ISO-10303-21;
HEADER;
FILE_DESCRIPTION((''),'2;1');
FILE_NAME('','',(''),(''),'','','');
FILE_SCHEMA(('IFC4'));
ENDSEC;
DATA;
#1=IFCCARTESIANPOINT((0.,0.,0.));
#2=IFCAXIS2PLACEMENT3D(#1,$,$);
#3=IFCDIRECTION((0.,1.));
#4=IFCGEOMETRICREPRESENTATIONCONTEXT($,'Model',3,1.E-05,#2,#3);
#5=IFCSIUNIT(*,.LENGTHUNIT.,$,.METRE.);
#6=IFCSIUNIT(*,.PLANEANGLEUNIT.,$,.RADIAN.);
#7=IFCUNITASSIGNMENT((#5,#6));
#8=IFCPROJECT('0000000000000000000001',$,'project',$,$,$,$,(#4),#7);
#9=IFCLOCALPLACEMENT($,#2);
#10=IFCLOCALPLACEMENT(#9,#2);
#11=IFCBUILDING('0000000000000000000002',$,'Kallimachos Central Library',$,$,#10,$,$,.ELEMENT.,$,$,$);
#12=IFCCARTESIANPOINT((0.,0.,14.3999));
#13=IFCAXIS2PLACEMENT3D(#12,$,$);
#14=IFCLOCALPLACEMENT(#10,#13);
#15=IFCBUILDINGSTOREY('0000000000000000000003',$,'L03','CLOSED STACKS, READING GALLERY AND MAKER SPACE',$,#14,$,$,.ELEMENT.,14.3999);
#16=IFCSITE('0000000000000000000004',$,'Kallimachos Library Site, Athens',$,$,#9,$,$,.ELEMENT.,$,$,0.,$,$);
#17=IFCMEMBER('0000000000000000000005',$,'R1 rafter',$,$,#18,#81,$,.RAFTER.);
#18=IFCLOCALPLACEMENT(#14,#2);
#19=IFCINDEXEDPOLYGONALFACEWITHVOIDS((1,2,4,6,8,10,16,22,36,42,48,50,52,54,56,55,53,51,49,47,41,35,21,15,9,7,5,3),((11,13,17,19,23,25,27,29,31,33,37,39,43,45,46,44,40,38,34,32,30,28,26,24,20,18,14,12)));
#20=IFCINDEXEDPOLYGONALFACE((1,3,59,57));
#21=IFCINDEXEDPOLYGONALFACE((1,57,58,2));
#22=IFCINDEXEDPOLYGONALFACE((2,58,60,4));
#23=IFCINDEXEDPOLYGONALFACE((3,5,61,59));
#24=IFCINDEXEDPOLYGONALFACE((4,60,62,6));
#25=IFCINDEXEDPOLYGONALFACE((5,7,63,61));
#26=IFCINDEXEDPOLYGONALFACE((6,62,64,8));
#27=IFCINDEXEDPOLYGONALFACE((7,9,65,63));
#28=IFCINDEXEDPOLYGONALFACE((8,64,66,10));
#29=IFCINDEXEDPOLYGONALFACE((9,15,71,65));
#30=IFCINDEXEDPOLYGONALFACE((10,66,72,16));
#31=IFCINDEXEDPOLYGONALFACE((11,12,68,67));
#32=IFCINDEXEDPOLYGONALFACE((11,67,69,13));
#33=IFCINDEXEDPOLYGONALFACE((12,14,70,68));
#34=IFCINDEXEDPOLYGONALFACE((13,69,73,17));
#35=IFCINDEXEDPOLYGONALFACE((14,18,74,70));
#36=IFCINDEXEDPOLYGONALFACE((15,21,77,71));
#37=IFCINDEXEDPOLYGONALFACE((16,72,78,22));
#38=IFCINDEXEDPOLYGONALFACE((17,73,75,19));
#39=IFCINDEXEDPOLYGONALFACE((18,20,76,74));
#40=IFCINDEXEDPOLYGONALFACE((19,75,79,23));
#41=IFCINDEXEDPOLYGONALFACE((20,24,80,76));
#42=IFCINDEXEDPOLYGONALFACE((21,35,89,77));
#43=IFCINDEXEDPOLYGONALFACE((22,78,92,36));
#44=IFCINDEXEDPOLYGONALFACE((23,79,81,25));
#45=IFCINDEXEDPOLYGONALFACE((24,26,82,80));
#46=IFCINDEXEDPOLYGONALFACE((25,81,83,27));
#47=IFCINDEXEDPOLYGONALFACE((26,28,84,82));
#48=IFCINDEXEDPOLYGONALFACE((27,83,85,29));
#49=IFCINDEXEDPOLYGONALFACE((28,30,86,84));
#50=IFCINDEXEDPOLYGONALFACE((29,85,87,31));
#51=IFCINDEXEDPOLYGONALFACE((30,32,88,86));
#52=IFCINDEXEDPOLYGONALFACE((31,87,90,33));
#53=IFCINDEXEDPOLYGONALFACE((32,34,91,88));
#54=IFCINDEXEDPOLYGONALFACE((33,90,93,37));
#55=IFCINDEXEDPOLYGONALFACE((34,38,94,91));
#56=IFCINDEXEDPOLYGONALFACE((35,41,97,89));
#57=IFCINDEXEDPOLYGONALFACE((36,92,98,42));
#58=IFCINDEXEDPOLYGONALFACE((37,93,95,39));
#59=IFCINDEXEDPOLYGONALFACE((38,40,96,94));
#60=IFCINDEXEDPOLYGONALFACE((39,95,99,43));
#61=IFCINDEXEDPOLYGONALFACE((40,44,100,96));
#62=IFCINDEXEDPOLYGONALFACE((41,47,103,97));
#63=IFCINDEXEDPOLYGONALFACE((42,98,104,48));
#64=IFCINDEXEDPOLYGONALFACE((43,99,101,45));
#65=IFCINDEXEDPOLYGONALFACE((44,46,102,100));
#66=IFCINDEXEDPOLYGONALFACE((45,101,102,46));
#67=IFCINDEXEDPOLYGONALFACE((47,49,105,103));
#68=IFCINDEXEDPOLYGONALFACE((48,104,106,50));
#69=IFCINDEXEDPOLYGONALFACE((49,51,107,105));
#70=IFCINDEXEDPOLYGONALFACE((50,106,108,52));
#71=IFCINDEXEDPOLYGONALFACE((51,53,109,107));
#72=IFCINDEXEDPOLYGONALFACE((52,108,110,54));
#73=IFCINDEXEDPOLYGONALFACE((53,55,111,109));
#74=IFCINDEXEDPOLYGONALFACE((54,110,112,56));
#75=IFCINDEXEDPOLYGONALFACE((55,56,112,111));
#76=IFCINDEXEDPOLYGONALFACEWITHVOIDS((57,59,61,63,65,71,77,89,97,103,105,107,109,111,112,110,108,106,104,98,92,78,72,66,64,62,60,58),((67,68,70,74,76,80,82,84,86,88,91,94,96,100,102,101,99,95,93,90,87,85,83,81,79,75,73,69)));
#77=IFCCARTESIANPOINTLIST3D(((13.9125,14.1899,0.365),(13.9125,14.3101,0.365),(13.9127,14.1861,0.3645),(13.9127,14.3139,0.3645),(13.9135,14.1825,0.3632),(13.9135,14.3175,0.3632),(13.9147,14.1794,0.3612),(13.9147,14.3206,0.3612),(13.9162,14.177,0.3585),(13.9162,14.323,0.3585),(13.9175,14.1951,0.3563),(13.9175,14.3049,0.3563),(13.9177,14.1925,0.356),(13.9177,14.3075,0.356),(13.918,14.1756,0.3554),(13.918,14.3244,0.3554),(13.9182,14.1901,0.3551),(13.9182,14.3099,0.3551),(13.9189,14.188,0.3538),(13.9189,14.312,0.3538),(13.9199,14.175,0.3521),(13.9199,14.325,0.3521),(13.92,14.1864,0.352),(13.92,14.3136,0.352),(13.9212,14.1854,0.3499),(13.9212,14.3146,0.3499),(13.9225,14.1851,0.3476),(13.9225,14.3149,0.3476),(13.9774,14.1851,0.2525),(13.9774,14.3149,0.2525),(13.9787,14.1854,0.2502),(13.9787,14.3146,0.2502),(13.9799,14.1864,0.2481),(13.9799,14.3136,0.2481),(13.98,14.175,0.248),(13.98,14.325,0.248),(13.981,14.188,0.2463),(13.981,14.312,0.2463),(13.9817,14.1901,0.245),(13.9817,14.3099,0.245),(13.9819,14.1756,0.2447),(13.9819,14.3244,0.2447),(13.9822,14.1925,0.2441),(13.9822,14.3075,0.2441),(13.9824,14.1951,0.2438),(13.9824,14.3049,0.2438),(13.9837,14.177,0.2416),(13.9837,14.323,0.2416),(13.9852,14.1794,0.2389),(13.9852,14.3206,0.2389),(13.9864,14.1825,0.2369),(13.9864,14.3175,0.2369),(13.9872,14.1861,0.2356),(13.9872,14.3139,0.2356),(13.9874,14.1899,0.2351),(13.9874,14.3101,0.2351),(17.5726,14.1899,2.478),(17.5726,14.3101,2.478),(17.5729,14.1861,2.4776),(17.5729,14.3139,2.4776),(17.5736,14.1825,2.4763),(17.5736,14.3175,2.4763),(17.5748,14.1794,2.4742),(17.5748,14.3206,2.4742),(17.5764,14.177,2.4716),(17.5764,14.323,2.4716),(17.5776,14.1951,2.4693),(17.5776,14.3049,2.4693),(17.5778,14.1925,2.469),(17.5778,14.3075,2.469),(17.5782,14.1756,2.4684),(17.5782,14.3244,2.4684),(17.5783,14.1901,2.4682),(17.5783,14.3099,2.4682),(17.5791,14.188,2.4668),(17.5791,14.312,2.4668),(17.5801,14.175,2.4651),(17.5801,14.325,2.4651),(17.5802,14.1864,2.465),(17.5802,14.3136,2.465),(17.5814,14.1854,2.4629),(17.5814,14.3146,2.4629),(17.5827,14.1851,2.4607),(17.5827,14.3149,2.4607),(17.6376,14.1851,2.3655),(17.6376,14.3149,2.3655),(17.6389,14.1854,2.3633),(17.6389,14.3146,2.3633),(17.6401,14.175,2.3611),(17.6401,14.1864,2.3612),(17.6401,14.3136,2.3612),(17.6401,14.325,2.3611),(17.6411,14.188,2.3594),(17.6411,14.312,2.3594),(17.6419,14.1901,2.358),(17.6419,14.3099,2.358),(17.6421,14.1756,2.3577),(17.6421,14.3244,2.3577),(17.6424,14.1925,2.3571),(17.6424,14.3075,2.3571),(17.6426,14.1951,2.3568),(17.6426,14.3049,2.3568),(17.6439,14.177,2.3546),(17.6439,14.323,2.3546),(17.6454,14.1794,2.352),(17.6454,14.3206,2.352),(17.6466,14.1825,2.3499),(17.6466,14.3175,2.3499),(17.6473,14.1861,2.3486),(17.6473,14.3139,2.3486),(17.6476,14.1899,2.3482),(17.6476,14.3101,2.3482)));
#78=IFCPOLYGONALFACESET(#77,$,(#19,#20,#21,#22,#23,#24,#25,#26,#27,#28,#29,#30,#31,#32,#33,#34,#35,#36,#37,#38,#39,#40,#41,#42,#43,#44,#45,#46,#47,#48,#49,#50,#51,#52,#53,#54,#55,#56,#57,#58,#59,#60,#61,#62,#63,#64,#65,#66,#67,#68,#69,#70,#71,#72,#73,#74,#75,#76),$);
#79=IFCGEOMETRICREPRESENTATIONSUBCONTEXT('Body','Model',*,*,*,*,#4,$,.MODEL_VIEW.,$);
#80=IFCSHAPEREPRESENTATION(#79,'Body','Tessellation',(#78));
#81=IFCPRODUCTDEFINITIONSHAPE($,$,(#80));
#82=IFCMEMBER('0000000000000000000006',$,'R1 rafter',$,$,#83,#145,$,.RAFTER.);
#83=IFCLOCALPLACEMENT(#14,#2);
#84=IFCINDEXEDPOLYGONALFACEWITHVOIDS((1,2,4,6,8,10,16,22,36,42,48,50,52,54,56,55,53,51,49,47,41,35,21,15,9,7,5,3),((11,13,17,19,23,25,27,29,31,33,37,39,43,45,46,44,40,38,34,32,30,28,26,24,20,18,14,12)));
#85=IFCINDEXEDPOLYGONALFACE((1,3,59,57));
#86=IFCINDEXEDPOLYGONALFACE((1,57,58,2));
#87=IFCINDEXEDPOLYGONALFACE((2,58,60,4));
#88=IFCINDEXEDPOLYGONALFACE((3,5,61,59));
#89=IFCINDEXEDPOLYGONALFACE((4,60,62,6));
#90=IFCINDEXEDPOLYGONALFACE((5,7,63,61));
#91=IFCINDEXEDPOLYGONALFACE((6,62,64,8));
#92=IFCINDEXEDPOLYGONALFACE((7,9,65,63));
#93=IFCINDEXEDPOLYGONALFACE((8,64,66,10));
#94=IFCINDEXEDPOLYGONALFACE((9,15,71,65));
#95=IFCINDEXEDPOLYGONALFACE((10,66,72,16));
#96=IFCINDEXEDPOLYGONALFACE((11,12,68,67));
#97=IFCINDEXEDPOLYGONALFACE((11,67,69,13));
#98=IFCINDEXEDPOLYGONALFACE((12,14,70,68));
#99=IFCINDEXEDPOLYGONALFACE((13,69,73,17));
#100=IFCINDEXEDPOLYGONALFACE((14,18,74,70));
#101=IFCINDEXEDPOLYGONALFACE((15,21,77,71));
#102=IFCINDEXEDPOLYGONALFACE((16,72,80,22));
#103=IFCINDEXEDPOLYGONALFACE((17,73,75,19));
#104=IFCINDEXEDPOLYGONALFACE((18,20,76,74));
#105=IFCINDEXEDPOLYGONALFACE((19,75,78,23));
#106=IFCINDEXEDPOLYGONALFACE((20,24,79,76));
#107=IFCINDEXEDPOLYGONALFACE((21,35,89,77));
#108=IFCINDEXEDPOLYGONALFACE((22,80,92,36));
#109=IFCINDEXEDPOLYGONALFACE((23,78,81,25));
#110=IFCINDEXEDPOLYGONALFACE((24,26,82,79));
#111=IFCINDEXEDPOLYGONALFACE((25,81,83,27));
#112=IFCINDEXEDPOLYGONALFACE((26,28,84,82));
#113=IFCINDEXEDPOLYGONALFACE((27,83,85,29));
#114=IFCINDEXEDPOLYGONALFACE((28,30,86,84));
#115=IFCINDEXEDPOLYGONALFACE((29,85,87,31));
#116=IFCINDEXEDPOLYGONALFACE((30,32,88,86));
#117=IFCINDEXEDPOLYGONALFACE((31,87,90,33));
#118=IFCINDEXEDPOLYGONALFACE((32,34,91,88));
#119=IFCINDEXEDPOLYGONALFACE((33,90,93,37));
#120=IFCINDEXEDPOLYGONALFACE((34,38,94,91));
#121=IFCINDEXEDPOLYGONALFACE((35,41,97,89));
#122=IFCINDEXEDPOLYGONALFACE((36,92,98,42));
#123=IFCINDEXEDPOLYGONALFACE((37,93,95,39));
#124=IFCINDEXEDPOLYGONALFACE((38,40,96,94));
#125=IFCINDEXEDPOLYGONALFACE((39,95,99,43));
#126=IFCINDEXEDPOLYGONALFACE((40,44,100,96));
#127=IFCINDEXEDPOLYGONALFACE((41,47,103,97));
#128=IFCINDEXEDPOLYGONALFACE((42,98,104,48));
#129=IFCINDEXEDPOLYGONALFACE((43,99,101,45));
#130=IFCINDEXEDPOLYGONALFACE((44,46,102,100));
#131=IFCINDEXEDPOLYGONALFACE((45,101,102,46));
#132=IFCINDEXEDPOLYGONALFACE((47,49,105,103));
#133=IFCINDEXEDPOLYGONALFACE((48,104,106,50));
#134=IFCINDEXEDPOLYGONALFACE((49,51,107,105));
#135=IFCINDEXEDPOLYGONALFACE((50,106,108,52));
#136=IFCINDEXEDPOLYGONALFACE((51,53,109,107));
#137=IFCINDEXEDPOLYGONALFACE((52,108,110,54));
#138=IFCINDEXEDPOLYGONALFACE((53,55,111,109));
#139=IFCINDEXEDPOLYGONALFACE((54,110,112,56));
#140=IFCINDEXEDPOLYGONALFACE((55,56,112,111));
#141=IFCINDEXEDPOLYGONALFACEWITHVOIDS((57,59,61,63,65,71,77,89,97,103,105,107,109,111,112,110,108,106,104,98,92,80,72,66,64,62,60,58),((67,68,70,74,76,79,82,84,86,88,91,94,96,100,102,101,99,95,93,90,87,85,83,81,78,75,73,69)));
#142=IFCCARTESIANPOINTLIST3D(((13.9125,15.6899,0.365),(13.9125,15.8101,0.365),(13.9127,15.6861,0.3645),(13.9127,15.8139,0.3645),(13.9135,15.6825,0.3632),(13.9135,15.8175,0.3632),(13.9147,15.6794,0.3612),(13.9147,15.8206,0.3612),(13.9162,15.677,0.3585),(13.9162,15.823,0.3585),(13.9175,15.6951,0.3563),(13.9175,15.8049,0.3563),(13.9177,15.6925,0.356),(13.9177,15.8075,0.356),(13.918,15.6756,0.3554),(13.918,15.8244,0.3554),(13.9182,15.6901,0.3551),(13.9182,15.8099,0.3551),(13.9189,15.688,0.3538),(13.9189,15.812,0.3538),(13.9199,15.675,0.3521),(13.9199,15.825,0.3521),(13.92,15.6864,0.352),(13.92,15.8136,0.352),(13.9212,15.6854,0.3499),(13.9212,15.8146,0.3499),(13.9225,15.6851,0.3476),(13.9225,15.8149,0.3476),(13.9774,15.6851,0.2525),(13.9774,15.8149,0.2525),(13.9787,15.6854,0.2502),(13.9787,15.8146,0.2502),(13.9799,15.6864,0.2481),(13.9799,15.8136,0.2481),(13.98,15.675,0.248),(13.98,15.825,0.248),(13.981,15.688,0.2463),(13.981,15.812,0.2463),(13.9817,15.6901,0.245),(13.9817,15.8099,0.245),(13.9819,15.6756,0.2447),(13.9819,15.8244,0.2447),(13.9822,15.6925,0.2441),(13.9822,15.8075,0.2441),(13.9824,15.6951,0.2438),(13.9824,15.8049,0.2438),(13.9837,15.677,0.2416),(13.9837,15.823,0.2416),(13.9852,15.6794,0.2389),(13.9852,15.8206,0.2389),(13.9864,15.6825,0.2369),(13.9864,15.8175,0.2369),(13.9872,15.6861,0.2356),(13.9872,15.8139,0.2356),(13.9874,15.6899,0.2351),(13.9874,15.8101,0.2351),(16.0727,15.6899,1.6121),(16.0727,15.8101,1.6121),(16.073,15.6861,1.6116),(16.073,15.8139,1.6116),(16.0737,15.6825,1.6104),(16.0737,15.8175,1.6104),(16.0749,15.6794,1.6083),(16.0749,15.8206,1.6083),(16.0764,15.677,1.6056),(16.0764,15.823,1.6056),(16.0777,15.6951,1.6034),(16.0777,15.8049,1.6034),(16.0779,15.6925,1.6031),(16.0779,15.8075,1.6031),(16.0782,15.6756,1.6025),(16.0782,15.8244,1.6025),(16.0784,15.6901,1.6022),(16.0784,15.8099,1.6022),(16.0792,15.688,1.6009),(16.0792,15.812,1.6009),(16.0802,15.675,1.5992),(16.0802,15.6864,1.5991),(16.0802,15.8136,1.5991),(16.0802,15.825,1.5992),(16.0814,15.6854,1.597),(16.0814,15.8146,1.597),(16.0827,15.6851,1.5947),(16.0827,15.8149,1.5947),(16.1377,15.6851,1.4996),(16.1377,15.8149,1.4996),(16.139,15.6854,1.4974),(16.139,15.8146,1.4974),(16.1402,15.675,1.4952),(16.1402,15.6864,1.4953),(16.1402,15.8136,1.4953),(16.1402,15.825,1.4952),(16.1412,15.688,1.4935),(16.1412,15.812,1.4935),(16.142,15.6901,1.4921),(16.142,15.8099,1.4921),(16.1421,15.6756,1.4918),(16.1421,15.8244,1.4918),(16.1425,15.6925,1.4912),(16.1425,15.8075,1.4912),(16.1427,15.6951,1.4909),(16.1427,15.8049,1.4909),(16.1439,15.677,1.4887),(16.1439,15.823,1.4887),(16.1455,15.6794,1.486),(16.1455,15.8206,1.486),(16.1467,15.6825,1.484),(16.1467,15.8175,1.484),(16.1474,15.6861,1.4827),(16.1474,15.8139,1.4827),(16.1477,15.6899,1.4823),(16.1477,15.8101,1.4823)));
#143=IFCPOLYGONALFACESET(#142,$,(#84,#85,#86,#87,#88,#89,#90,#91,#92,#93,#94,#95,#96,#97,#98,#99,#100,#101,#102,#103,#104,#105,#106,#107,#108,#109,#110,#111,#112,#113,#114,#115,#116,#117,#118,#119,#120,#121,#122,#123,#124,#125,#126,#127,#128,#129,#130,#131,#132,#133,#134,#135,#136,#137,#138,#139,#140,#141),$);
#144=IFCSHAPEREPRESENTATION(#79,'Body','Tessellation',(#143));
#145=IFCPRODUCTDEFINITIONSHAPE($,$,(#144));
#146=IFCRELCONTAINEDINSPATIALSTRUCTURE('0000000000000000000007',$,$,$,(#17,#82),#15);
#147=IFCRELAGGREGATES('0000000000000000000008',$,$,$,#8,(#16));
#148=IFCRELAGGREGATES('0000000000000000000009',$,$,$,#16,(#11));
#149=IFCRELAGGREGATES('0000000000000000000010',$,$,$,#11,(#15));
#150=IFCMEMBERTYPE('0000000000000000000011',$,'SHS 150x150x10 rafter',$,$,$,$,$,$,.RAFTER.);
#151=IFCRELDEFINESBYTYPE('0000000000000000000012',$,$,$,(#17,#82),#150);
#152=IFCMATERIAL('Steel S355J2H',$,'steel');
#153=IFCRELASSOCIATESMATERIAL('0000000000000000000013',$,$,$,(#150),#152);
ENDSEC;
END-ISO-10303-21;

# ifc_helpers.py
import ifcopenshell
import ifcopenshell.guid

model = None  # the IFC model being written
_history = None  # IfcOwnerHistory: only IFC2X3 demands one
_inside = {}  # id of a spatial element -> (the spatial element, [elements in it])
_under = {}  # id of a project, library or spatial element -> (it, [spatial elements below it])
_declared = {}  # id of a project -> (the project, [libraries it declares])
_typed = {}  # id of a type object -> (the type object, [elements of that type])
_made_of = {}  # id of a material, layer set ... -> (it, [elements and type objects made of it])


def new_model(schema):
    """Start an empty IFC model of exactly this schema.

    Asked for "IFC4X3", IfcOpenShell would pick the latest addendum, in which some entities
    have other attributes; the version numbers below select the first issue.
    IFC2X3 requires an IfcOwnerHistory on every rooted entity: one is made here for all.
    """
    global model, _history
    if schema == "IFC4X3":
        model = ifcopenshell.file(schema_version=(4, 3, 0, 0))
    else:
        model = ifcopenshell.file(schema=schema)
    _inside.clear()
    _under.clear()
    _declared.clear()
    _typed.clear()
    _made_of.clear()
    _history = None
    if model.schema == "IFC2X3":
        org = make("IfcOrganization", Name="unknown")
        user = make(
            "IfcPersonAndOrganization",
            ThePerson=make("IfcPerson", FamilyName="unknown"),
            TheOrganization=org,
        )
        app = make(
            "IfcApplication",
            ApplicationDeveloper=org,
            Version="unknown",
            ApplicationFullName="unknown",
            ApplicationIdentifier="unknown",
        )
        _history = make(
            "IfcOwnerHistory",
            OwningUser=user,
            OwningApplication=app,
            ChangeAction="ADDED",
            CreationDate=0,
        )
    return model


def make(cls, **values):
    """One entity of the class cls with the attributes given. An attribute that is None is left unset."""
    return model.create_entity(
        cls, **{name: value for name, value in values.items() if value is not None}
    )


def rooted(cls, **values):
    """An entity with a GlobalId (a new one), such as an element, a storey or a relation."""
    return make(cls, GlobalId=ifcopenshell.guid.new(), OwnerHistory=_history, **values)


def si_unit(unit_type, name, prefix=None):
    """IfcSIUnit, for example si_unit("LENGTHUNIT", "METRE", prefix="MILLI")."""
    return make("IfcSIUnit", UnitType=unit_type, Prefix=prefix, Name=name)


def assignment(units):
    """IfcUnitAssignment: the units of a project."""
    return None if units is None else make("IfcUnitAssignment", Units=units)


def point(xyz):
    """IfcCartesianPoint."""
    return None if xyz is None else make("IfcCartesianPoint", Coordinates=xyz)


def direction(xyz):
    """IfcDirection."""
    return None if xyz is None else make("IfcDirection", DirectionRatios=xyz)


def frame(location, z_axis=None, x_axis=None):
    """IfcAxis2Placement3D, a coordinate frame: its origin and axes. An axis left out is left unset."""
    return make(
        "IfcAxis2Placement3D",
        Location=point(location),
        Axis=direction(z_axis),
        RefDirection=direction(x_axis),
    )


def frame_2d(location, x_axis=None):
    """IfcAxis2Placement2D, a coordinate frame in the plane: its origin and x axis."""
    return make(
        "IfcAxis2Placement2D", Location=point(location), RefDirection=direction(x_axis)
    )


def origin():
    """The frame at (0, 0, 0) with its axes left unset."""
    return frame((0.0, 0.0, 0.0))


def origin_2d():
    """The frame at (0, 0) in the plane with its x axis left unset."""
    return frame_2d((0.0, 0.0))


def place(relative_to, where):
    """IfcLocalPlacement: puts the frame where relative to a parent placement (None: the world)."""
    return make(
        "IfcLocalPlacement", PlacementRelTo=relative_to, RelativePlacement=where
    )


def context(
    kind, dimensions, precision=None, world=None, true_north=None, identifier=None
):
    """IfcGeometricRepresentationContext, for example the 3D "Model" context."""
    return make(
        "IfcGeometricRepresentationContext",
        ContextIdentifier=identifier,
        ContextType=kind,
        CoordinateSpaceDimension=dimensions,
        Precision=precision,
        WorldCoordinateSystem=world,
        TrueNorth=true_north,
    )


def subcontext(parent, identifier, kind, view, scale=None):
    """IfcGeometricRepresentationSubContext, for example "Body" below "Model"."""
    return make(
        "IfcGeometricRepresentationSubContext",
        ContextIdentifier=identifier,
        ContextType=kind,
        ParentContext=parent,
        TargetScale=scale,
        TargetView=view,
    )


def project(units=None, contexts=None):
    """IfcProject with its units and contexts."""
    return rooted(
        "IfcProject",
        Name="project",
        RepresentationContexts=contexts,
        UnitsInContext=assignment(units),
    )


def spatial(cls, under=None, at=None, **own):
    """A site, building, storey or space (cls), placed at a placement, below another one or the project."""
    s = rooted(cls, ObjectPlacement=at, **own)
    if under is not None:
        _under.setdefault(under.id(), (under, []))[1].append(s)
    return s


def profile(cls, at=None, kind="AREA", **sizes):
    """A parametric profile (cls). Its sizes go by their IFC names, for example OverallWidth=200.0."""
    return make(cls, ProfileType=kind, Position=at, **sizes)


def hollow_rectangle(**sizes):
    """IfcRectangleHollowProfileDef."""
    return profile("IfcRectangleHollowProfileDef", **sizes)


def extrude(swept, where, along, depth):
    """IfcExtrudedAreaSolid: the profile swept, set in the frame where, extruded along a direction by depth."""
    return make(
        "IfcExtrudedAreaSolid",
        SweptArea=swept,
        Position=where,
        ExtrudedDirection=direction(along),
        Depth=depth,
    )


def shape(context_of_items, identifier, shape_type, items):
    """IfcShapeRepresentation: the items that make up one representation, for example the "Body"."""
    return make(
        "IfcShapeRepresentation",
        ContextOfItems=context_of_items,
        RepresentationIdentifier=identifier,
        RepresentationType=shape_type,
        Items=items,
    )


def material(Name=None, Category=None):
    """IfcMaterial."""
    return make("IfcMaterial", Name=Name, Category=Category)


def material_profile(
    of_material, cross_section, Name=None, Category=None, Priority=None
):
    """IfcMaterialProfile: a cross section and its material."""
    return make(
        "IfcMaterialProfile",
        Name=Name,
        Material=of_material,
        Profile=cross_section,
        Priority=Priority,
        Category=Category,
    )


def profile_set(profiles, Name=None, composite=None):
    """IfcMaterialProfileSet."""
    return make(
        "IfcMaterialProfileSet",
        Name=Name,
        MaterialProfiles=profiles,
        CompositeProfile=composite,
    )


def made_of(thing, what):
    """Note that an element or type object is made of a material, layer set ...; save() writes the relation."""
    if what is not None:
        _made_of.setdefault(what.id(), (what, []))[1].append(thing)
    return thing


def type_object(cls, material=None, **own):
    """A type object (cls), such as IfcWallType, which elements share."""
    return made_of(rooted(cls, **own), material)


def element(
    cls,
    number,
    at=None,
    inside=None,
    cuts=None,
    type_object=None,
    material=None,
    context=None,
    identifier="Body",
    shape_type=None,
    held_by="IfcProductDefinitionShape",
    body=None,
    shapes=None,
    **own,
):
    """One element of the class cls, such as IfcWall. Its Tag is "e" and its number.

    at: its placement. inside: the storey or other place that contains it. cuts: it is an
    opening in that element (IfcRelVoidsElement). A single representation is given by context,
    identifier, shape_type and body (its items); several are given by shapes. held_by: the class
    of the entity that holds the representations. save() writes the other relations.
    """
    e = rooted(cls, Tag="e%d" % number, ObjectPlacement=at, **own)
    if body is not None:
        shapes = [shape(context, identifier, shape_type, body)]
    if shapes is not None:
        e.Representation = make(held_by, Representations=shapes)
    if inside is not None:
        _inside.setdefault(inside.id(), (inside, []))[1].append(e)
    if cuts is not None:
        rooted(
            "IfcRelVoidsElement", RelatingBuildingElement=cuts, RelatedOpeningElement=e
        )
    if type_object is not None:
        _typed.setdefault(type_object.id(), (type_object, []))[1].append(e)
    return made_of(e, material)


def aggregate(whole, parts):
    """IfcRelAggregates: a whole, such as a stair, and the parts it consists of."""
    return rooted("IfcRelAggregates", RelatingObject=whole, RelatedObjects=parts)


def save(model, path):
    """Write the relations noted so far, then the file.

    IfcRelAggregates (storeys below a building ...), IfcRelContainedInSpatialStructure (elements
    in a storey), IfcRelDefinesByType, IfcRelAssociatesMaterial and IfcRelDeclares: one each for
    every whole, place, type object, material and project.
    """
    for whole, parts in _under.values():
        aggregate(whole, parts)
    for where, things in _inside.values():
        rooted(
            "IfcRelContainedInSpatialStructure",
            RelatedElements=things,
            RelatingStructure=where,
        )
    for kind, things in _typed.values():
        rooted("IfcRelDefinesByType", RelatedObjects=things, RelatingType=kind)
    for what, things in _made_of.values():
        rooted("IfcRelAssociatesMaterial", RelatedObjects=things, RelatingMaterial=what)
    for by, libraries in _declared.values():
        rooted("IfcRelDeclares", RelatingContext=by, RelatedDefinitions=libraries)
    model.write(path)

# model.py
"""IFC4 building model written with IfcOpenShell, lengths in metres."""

from ifc_helpers import new_model, si_unit, direction, frame, origin, origin_2d, place, context, subcontext, project, spatial, hollow_rectangle, extrude, material, material_profile, profile_set, type_object, element, save


model = new_model("IFC4")

# Units and contexts
model_context = context("Model", 3, precision=1e-05, world=origin(), true_north=direction((0.0, 1.0)))
body_context = subcontext(model_context, "Body", "Model", "MODEL_VIEW")
ifc_project = project(units=[si_unit("LENGTHUNIT", "METRE"), si_unit("PLANEANGLEUNIT", "RADIAN")], contexts=[model_context])

# Site, building, storey
site_placement = place(None, origin())
site = spatial("IfcSite", under=ifc_project, at=site_placement, Name="Kallimachos Library Site, Athens", CompositionType="ELEMENT", RefElevation=0.0)
building_placement = place(site_placement, origin())
building = spatial("IfcBuilding", under=site, at=building_placement, Name="Kallimachos Central Library", CompositionType="ELEMENT")
storey_placement = place(building_placement, frame((0.0, 0.0, 14.3999)))
storey = spatial("IfcBuildingStorey", under=building, at=storey_placement, Name="L03", Description="CLOSED STACKS, READING GALLERY AND MAKER SPACE", CompositionType="ELEMENT", Elevation=14.3999)

# Members
ifc_material_1 = material(Name="Steel S355J2H", Category="steel")
ifc_material_profile_1 = material_profile(ifc_material_1, hollow_rectangle(XDim=0.1499, YDim=0.1499, WallThickness=0.01, InnerFilletRadius=0.01, OuterFilletRadius=0.0149, at=origin_2d()), Name="SHS 150x150x10")
ifc_profile_set_1 = profile_set([ifc_material_profile_1], Name="Steel S355J2H")
member_type_1 = type_object("IfcMemberType", Name="SHS 150x150x10 rafter", PredefinedType="RAFTER", material=ifc_profile_set_1)
for number, where, z_axis, x_axis, name in (
    (1, (13.95, 14.25, 0.3), (0.866041, 0.0, 0.499972), (0.0, 1.0, 0.0), "R1 rafter"),
):
    element("IfcMember", number, at=place(storey_placement, frame(where, z_axis=z_axis, x_axis=x_axis)), inside=storey, type_object=member_type_1, Name=name, PredefinedType="RAFTER", context=body_context, shape_type="SweptSolid", body=[
        extrude(hollow_rectangle(XDim=0.1499, YDim=0.1499, WallThickness=0.01, InnerFilletRadius=0.01, OuterFilletRadius=0.0149, at=origin_2d()), origin(), (0.0, 0.0, 1.0), 4.2263),
    ])
member_1_placement = place(storey_placement, frame((13.95, 15.75, 0.3), z_axis=(0.866042, 0.0, 0.499971), x_axis=(0.0, 1.0, 0.0)))
element("IfcMember", 2, at=member_1_placement, inside=storey, type_object=member_type_1, Name="R1 rafter", PredefinedType="RAFTER", context=body_context, shape_type="SweptSolid", body=[
    extrude(hollow_rectangle(XDim=0.1499, YDim=0.1499, WallThickness=0.01, InnerFilletRadius=0.01, OuterFilletRadius=0.0149, at=origin_2d()), origin(), (0.0, 0.0, 1.0), 2.4944),
])

save(model, "model.ifc")
